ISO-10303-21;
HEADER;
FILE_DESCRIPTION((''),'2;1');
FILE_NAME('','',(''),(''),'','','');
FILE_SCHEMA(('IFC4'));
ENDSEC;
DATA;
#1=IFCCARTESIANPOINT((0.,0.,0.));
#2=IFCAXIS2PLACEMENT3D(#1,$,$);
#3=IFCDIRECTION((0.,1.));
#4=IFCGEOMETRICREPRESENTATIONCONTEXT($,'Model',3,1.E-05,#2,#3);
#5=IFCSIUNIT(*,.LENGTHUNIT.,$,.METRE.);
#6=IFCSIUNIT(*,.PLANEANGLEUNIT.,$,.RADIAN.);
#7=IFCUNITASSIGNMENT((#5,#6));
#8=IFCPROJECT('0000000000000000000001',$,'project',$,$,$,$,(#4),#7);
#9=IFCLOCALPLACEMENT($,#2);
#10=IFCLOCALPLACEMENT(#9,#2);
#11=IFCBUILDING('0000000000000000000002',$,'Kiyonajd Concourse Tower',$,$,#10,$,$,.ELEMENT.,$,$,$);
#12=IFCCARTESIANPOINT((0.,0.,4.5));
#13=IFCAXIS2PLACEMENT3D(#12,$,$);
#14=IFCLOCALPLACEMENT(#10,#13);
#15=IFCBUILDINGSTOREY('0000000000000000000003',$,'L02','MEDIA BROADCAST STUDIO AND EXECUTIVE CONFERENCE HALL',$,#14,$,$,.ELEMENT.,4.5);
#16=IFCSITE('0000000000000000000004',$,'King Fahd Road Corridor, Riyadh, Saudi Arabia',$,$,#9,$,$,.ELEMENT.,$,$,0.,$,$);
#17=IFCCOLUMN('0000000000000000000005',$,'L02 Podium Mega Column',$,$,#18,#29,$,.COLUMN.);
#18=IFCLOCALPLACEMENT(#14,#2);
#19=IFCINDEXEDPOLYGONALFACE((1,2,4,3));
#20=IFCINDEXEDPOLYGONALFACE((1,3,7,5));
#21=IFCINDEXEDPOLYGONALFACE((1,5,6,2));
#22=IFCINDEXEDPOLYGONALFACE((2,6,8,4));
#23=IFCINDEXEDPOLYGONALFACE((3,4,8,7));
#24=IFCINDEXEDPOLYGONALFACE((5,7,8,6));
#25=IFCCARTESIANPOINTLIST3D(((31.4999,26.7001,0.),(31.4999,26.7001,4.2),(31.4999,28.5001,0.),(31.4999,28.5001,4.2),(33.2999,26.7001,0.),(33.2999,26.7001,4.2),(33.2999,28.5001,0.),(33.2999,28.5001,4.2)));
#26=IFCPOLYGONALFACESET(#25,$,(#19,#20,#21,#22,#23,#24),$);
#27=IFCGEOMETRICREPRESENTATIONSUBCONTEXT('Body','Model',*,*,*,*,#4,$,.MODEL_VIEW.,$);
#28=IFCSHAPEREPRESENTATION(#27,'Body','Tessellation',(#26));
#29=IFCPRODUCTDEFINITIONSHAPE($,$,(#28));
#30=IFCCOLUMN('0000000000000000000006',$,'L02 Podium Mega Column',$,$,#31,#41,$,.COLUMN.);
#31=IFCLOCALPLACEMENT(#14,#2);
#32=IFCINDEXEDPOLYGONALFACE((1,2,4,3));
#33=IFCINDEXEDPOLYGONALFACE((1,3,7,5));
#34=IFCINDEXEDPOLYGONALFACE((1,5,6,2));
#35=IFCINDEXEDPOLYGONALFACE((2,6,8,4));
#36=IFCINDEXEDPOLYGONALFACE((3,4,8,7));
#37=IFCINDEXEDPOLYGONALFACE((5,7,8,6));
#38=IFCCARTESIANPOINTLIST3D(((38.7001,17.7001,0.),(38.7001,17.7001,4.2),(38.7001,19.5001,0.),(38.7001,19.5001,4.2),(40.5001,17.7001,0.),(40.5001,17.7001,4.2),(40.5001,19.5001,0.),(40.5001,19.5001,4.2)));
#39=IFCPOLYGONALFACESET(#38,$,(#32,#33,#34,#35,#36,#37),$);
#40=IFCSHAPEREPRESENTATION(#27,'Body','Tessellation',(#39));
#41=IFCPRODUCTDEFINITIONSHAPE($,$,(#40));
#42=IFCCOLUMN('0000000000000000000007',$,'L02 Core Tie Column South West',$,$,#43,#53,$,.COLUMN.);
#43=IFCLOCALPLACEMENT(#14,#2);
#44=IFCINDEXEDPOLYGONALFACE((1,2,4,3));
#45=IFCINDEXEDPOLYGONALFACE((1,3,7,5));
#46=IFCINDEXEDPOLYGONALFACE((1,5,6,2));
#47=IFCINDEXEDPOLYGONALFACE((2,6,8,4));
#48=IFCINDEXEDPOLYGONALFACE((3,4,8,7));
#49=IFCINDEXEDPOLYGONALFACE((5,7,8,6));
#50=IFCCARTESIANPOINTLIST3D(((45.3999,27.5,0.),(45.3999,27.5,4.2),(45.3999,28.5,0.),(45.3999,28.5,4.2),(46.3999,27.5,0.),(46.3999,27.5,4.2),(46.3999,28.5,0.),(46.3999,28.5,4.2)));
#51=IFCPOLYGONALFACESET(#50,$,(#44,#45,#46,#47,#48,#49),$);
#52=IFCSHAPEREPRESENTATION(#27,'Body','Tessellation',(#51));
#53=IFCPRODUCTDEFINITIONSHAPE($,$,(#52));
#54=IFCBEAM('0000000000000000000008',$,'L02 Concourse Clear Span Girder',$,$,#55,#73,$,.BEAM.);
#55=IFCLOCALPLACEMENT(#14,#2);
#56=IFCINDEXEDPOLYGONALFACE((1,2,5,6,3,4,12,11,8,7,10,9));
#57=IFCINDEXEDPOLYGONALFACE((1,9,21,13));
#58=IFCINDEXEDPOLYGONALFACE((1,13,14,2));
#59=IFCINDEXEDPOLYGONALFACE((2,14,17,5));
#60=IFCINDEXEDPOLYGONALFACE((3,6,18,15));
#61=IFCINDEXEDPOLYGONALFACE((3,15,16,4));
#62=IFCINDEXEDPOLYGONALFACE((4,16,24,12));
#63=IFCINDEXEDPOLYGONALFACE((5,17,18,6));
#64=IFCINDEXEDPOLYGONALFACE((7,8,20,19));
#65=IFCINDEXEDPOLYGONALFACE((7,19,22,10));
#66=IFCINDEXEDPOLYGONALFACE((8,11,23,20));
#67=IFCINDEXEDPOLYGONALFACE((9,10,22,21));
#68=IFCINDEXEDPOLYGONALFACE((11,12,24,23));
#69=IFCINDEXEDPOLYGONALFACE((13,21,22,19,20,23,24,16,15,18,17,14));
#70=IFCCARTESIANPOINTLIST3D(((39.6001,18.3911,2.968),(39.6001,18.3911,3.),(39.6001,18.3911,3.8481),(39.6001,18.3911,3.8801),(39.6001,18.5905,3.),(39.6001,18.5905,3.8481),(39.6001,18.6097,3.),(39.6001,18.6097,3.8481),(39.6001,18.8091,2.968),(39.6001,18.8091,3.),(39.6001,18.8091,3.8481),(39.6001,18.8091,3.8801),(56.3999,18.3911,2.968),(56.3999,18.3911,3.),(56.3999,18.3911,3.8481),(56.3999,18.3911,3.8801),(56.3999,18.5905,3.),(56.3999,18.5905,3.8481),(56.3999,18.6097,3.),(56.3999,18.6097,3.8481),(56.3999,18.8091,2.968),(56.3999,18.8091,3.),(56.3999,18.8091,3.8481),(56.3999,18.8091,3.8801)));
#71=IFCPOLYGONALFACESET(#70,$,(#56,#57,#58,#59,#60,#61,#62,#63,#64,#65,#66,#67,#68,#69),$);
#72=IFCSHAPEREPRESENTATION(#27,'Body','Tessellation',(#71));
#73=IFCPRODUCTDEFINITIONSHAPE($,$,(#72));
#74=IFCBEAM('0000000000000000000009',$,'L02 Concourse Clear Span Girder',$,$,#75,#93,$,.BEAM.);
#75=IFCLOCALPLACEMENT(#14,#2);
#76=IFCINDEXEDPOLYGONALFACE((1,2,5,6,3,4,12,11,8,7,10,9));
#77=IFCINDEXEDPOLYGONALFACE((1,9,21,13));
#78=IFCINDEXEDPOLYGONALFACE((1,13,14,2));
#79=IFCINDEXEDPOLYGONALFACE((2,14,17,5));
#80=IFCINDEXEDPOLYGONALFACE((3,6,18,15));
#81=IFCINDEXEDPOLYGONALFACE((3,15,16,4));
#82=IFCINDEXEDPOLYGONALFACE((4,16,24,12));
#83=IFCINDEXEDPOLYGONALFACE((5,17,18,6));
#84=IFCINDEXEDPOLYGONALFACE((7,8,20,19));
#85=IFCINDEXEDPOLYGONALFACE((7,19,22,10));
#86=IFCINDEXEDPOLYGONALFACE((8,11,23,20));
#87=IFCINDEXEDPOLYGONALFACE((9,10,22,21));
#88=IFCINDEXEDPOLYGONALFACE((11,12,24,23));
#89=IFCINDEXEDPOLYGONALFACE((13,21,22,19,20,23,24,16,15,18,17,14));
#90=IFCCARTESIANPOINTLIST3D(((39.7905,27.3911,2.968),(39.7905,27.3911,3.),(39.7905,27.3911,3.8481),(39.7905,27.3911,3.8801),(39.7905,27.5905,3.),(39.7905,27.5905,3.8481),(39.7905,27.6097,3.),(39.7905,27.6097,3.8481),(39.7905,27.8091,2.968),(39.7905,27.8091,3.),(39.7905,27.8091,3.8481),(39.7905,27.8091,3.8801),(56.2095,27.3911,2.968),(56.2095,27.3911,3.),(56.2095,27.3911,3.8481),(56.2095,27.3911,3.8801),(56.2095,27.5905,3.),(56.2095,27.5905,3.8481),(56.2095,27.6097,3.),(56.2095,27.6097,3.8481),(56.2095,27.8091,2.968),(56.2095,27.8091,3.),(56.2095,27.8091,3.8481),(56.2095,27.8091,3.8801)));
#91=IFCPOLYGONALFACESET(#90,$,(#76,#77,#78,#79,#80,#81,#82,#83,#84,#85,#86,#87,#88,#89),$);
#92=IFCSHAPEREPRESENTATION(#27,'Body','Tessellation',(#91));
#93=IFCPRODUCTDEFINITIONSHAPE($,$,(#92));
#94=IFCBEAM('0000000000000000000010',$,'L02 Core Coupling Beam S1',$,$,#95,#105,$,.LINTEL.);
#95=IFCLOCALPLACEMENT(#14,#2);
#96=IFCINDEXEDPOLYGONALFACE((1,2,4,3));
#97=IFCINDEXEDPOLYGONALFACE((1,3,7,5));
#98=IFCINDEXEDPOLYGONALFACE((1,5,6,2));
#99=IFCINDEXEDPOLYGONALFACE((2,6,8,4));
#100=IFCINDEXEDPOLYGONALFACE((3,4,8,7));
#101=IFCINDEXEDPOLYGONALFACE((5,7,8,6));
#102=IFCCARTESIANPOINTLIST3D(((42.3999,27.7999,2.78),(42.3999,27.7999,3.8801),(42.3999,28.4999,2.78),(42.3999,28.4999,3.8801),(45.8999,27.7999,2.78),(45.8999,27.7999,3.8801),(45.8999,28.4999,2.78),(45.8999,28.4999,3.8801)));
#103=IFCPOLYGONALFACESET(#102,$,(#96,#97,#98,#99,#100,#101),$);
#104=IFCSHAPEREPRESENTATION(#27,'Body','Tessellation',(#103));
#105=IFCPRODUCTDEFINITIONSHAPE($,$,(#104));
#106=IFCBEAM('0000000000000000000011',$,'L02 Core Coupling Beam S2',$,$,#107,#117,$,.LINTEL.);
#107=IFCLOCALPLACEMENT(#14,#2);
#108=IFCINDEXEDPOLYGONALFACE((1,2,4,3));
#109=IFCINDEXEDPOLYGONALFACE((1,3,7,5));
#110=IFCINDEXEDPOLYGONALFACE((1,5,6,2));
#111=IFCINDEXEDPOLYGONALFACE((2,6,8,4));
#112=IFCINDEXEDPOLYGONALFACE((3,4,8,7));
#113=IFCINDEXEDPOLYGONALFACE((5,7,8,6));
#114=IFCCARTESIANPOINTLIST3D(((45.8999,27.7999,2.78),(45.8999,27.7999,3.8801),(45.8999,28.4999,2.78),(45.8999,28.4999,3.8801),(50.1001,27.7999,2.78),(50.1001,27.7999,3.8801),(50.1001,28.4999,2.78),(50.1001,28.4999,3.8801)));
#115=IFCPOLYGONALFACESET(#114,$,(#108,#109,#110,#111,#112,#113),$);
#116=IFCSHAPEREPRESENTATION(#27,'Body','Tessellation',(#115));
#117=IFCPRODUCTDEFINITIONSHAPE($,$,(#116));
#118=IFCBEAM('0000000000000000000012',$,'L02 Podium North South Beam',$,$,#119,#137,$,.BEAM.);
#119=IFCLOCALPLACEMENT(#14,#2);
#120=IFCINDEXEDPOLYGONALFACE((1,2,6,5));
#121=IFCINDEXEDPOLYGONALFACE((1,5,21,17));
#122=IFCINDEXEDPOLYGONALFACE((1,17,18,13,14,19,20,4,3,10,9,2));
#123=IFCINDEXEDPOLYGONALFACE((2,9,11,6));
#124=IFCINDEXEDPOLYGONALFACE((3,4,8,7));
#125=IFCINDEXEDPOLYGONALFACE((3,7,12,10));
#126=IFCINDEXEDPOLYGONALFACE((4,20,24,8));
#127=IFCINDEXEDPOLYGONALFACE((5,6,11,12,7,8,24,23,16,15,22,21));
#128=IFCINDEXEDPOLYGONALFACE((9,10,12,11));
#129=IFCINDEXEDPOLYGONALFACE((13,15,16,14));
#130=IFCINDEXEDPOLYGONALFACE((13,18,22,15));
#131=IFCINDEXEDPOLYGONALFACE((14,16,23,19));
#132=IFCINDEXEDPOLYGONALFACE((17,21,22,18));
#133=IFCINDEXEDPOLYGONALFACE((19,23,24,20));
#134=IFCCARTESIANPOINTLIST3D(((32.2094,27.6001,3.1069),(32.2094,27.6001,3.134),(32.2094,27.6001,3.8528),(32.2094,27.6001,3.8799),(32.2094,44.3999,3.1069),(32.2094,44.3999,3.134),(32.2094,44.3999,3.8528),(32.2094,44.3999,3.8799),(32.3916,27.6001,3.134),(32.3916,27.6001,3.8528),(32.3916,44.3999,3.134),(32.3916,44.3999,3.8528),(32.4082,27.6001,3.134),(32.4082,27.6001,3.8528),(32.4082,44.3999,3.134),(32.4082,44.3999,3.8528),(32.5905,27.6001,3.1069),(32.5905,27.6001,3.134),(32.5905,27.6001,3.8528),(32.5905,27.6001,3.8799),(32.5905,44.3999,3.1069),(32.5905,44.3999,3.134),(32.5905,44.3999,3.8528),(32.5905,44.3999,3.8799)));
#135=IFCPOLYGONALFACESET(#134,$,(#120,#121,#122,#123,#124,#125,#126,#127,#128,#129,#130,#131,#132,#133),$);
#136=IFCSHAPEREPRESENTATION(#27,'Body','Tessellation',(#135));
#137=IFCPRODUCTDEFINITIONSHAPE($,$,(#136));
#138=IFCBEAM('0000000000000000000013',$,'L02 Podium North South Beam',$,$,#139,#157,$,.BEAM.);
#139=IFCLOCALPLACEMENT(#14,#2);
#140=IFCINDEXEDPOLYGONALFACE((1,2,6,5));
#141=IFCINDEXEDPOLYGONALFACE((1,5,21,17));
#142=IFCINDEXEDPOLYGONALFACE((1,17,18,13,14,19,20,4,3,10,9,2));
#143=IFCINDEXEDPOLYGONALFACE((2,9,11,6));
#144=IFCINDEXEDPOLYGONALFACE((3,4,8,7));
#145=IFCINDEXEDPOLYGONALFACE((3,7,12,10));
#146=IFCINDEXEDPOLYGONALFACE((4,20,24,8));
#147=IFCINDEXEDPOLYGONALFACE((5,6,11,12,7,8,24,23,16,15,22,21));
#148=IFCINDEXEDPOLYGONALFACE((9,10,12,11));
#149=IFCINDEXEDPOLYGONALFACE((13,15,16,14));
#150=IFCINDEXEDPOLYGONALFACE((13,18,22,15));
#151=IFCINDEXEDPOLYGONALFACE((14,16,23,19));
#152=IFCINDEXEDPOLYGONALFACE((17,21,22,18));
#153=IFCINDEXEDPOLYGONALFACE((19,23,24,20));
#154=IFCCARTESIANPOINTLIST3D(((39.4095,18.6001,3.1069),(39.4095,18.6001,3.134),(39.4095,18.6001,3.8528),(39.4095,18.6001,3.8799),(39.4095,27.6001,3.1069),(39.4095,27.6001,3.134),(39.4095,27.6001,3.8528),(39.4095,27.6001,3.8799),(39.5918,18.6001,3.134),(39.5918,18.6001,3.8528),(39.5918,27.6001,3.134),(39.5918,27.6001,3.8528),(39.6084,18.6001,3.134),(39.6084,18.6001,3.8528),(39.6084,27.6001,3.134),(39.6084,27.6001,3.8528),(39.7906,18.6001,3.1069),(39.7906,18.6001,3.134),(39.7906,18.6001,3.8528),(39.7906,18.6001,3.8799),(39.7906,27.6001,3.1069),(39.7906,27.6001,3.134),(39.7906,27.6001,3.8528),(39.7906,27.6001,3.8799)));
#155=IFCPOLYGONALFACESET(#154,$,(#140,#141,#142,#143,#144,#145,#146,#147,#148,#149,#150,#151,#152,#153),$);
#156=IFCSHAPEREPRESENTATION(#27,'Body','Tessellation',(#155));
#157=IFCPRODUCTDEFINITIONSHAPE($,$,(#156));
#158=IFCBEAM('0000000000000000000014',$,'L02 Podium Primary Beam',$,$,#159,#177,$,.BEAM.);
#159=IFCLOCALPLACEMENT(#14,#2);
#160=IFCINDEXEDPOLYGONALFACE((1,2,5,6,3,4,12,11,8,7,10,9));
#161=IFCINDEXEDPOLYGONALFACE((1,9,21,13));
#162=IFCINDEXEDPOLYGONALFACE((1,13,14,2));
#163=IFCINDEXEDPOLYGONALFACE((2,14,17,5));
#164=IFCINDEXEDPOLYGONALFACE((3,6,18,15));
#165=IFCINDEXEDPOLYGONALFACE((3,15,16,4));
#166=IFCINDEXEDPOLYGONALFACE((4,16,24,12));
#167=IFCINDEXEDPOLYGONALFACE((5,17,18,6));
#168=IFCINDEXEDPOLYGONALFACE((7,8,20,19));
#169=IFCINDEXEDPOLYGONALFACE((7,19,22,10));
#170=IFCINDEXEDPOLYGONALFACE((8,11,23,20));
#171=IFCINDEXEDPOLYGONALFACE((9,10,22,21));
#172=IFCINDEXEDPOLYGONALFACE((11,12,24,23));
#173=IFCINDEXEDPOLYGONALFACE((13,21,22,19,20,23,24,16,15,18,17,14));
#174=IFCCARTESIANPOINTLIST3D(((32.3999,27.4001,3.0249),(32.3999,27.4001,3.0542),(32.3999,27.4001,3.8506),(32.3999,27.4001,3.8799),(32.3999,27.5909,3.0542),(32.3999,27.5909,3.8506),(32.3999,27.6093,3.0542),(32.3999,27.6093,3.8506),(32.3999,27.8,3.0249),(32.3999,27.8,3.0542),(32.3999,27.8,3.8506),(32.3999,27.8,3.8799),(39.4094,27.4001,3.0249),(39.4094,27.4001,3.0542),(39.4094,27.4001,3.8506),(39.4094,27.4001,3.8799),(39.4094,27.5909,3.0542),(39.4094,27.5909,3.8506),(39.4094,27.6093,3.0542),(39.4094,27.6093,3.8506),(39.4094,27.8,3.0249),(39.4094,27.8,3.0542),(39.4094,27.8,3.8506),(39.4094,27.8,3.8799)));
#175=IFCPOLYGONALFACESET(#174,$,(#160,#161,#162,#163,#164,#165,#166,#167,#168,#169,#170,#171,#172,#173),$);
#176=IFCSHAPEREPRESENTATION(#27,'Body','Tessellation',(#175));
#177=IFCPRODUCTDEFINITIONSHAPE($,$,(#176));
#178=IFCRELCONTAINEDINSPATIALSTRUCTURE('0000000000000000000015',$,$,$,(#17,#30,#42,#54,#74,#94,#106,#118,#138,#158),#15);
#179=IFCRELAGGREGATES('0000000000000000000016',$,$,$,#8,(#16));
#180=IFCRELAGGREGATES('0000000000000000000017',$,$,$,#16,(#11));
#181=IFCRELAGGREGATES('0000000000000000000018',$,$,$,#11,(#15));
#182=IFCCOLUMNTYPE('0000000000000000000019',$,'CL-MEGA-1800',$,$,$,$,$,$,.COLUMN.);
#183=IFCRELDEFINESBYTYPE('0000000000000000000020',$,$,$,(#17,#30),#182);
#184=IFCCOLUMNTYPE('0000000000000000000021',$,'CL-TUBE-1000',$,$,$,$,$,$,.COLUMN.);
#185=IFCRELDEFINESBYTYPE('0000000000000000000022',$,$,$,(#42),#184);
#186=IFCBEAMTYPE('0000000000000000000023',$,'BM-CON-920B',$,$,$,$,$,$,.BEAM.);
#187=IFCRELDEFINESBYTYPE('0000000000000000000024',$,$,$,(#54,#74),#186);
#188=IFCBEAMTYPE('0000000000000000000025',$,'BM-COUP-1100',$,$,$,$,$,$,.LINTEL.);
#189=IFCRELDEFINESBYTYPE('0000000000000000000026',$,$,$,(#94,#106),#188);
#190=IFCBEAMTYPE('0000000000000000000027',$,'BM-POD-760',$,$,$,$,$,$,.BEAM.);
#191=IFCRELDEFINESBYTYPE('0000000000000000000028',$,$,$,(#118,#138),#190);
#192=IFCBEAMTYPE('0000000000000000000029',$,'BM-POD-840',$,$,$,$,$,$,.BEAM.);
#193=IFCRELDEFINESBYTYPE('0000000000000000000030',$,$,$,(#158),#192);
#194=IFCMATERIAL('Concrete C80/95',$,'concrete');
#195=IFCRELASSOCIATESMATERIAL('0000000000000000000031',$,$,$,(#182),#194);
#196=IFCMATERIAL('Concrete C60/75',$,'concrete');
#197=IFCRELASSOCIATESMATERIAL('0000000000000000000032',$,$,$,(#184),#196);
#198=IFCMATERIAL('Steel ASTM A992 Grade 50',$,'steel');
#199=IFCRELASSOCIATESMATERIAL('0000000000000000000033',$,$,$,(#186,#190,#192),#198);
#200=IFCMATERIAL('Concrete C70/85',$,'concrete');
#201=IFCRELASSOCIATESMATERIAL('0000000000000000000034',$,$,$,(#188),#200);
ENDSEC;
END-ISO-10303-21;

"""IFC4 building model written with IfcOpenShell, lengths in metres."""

from ifc_helpers import new_model, si_unit, direction, frame, origin, origin_2d, place, context, subcontext, project, spatial, rectangle, i_section, extrude, material, material_profile, profile_set, type_object, element, save


model = new_model("IFC4")

# Units and contexts
model_context = context("Model", 3, precision=1e-05, world=origin(), true_north=direction((0.0, 1.0)))
body_context = subcontext(model_context, "Body", "Model", "MODEL_VIEW")
ifc_project = project(units=[si_unit("LENGTHUNIT", "METRE"), si_unit("PLANEANGLEUNIT", "RADIAN")], contexts=[model_context])

# Site, building, storey
site_placement = place(None, origin())
site = spatial("IfcSite", under=ifc_project, at=site_placement, Name="King Fahd Road Corridor, Riyadh, Saudi Arabia", CompositionType="ELEMENT", RefElevation=0.0)
building_placement = place(site_placement, origin())
building = spatial("IfcBuilding", under=site, at=building_placement, Name="Kiyonajd Concourse Tower", CompositionType="ELEMENT")
storey_placement = place(building_placement, frame((0.0, 0.0, 4.5)))
storey = spatial("IfcBuildingStorey", under=building, at=storey_placement, Name="L02", Description="MEDIA BROADCAST STUDIO AND EXECUTIVE CONFERENCE HALL", CompositionType="ELEMENT", Elevation=4.5)

# Columns
ifc_material_1 = material(Name="Concrete C80/95", Category="concrete")
ifc_material_profile_1 = material_profile(ifc_material_1, rectangle(XDim=1.8, YDim=1.8, at=origin_2d()), Name="RC-1800x1800")
ifc_profile_set_1 = profile_set([ifc_material_profile_1], Name="Concrete C80/95")
column_type_1 = type_object("IfcColumnType", Name="CL-MEGA-1800", PredefinedType="COLUMN", material=ifc_profile_set_1)
for number, where, z_axis, x_axis, name in (
    (1, (32.3999, 27.6001, 0.0), (0.0, 0.0, 1.0), (1.0, 0.0, 0.0), "L02 Podium Mega Column"),
    (2, (39.6001, 18.6001, 0.0), (0.0, 0.0, 1.0), (1.0, 0.0, 0.0), "L02 Podium Mega Column"),
):
    element("IfcColumn", number, at=place(storey_placement, frame(where, z_axis=z_axis, x_axis=x_axis)), inside=storey, type_object=column_type_1, Name=name, PredefinedType="COLUMN", context=body_context, shape_type="SweptSolid", body=[
        extrude(rectangle(XDim=1.8, YDim=1.8, at=origin_2d()), origin(), (0.0, 0.0, 1.0), 4.2),
    ])
ifc_material_2 = material(Name="Concrete C60/75", Category="concrete")
ifc_material_profile_2 = material_profile(ifc_material_2, rectangle(XDim=1.0, YDim=1.0, at=origin_2d()), Name="RC-1000x1000")
ifc_profile_set_2 = profile_set([ifc_material_profile_2], Name="Concrete C60/75")
column_type_2 = type_object("IfcColumnType", Name="CL-TUBE-1000", PredefinedType="COLUMN", material=ifc_profile_set_2)
column_placement = place(storey_placement, frame((45.8999, 28.0, 0.0), z_axis=(0.0, 0.0, 1.0), x_axis=(1.0, 0.0, 0.0)))
element("IfcColumn", 3, at=column_placement, inside=storey, type_object=column_type_2, Name="L02 Core Tie Column South West", PredefinedType="COLUMN", context=body_context, shape_type="SweptSolid", body=[
    extrude(rectangle(XDim=1.0, YDim=1.0, at=origin_2d()), origin(), (0.0, 0.0, 1.0), 4.2),
])

# Beams
ifc_material_3 = material(Name="Steel ASTM A992 Grade 50", Category="steel")
ifc_material_profile_3 = material_profile(ifc_material_3, i_section(OverallWidth=0.418, OverallDepth=0.9121, WebThickness=0.0193, FlangeThickness=0.032, at=origin_2d()), Name="W920X342")
ifc_profile_set_3 = profile_set([ifc_material_profile_3], Name="Steel ASTM A992 Grade 50")
beam_type_1 = type_object("IfcBeamType", Name="BM-CON-920B", PredefinedType="BEAM", material=ifc_profile_set_3)
beam_1_placement = place(storey_placement, frame((39.6001, 18.6001, 3.4241), z_axis=(1.0, 0.0, 0.0), x_axis=(0.0, 1.0, 0.0)))
element("IfcBeam", 4, at=beam_1_placement, inside=storey, type_object=beam_type_1, Name="L02 Concourse Clear Span Girder", PredefinedType="BEAM", context=body_context, shape_type="SweptSolid", body=[
    extrude(i_section(OverallWidth=0.418, OverallDepth=0.9121, WebThickness=0.0193, FlangeThickness=0.032, at=origin_2d()), origin(), (0.0, 0.0, 1.0), 16.7998),
])
beam_2_placement = place(storey_placement, frame((39.7905, 27.6001, 3.4241), z_axis=(1.0, 0.0, 0.0), x_axis=(0.0, 1.0, 0.0)))
element("IfcBeam", 5, at=beam_2_placement, inside=storey, type_object=beam_type_1, Name="L02 Concourse Clear Span Girder", PredefinedType="BEAM", context=body_context, shape_type="SweptSolid", body=[
    extrude(i_section(OverallWidth=0.418, OverallDepth=0.9121, WebThickness=0.0193, FlangeThickness=0.032, at=origin_2d()), origin(), (0.0, 0.0, 1.0), 16.4189),
])
ifc_material_4 = material(Name="Concrete C70/85", Category="concrete")
ifc_material_profile_4 = material_profile(ifc_material_4, rectangle(XDim=0.7, YDim=1.1001, at=origin_2d()), Name="RCBM-700x1100")
ifc_profile_set_4 = profile_set([ifc_material_profile_4], Name="Concrete C70/85")
beam_type_2 = type_object("IfcBeamType", Name="BM-COUP-1100", PredefinedType="LINTEL", material=ifc_profile_set_4)
beam_3_placement = place(storey_placement, frame((42.3999, 28.1499, 3.3301), z_axis=(1.0, 0.0, 0.0), x_axis=(0.0, 1.0, 0.0)))
element("IfcBeam", 6, at=beam_3_placement, inside=storey, type_object=beam_type_2, Name="L02 Core Coupling Beam S1", PredefinedType="LINTEL", context=body_context, shape_type="SweptSolid", body=[
    extrude(rectangle(XDim=0.7, YDim=1.1001, at=origin_2d()), origin(), (0.0, 0.0, 1.0), 3.5),
])
beam_4_placement = place(storey_placement, frame((45.8999, 28.1499, 3.3301), z_axis=(1.0, 0.0, 0.0), x_axis=(0.0, 1.0, 0.0)))
element("IfcBeam", 7, at=beam_4_placement, inside=storey, type_object=beam_type_2, Name="L02 Core Coupling Beam S2", PredefinedType="LINTEL", context=body_context, shape_type="SweptSolid", body=[
    extrude(rectangle(XDim=0.7, YDim=1.1001, at=origin_2d()), origin(), (0.0, 0.0, 1.0), 4.2002),
])
ifc_material_profile_5 = material_profile(ifc_material_3, i_section(OverallWidth=0.3811, OverallDepth=0.7729, WebThickness=0.0166, FlangeThickness=0.0271, at=origin_2d()), Name="W760X257")
ifc_profile_set_5 = profile_set([ifc_material_profile_5], Name="Steel ASTM A992 Grade 50")
beam_type_3 = type_object("IfcBeamType", Name="BM-POD-760", PredefinedType="BEAM", material=ifc_profile_set_5)
beam_5_placement = place(storey_placement, frame((32.3999, 27.6001, 3.4934), z_axis=(0.0, 1.0, 0.0), x_axis=(-1.0, 0.0, 0.0)))
element("IfcBeam", 8, at=beam_5_placement, inside=storey, type_object=beam_type_3, Name="L02 Podium North South Beam", PredefinedType="BEAM", context=body_context, shape_type="SweptSolid", body=[
    extrude(i_section(OverallWidth=0.3811, OverallDepth=0.7729, WebThickness=0.0166, FlangeThickness=0.0271, at=origin_2d()), origin(), (0.0, 0.0, 1.0), 16.7998),
])
beam_6_placement = place(storey_placement, frame((39.6001, 18.6001, 3.4934), z_axis=(0.0, 1.0, 0.0), x_axis=(-1.0, 0.0, 0.0)))
element("IfcBeam", 9, at=beam_6_placement, inside=storey, type_object=beam_type_3, Name="L02 Podium North South Beam", PredefinedType="BEAM", context=body_context, shape_type="SweptSolid", body=[
    extrude(i_section(OverallWidth=0.3811, OverallDepth=0.7729, WebThickness=0.0166, FlangeThickness=0.0271, at=origin_2d()), origin(), (0.0, 0.0, 1.0), 9.0),
])
ifc_material_profile_6 = material_profile(ifc_material_3, i_section(OverallWidth=0.3999, OverallDepth=0.855, WebThickness=0.0183, FlangeThickness=0.0293, at=origin_2d()), Name="W840X299")
ifc_profile_set_6 = profile_set([ifc_material_profile_6], Name="Steel ASTM A992 Grade 50")
beam_type_4 = type_object("IfcBeamType", Name="BM-POD-840", PredefinedType="BEAM", material=ifc_profile_set_6)
beam_7_placement = place(storey_placement, frame((32.3999, 27.6001, 3.4524), z_axis=(1.0, 0.0, 0.0), x_axis=(0.0, 1.0, 0.0)))
element("IfcBeam", 10, at=beam_7_placement, inside=storey, type_object=beam_type_4, Name="L02 Podium Primary Beam", PredefinedType="BEAM", context=body_context, shape_type="SweptSolid", body=[
    extrude(i_section(OverallWidth=0.3999, OverallDepth=0.855, WebThickness=0.0183, FlangeThickness=0.0293, at=origin_2d()), origin(), (0.0, 0.0, 1.0), 7.0095),
])

save(model, "model.ifc")
